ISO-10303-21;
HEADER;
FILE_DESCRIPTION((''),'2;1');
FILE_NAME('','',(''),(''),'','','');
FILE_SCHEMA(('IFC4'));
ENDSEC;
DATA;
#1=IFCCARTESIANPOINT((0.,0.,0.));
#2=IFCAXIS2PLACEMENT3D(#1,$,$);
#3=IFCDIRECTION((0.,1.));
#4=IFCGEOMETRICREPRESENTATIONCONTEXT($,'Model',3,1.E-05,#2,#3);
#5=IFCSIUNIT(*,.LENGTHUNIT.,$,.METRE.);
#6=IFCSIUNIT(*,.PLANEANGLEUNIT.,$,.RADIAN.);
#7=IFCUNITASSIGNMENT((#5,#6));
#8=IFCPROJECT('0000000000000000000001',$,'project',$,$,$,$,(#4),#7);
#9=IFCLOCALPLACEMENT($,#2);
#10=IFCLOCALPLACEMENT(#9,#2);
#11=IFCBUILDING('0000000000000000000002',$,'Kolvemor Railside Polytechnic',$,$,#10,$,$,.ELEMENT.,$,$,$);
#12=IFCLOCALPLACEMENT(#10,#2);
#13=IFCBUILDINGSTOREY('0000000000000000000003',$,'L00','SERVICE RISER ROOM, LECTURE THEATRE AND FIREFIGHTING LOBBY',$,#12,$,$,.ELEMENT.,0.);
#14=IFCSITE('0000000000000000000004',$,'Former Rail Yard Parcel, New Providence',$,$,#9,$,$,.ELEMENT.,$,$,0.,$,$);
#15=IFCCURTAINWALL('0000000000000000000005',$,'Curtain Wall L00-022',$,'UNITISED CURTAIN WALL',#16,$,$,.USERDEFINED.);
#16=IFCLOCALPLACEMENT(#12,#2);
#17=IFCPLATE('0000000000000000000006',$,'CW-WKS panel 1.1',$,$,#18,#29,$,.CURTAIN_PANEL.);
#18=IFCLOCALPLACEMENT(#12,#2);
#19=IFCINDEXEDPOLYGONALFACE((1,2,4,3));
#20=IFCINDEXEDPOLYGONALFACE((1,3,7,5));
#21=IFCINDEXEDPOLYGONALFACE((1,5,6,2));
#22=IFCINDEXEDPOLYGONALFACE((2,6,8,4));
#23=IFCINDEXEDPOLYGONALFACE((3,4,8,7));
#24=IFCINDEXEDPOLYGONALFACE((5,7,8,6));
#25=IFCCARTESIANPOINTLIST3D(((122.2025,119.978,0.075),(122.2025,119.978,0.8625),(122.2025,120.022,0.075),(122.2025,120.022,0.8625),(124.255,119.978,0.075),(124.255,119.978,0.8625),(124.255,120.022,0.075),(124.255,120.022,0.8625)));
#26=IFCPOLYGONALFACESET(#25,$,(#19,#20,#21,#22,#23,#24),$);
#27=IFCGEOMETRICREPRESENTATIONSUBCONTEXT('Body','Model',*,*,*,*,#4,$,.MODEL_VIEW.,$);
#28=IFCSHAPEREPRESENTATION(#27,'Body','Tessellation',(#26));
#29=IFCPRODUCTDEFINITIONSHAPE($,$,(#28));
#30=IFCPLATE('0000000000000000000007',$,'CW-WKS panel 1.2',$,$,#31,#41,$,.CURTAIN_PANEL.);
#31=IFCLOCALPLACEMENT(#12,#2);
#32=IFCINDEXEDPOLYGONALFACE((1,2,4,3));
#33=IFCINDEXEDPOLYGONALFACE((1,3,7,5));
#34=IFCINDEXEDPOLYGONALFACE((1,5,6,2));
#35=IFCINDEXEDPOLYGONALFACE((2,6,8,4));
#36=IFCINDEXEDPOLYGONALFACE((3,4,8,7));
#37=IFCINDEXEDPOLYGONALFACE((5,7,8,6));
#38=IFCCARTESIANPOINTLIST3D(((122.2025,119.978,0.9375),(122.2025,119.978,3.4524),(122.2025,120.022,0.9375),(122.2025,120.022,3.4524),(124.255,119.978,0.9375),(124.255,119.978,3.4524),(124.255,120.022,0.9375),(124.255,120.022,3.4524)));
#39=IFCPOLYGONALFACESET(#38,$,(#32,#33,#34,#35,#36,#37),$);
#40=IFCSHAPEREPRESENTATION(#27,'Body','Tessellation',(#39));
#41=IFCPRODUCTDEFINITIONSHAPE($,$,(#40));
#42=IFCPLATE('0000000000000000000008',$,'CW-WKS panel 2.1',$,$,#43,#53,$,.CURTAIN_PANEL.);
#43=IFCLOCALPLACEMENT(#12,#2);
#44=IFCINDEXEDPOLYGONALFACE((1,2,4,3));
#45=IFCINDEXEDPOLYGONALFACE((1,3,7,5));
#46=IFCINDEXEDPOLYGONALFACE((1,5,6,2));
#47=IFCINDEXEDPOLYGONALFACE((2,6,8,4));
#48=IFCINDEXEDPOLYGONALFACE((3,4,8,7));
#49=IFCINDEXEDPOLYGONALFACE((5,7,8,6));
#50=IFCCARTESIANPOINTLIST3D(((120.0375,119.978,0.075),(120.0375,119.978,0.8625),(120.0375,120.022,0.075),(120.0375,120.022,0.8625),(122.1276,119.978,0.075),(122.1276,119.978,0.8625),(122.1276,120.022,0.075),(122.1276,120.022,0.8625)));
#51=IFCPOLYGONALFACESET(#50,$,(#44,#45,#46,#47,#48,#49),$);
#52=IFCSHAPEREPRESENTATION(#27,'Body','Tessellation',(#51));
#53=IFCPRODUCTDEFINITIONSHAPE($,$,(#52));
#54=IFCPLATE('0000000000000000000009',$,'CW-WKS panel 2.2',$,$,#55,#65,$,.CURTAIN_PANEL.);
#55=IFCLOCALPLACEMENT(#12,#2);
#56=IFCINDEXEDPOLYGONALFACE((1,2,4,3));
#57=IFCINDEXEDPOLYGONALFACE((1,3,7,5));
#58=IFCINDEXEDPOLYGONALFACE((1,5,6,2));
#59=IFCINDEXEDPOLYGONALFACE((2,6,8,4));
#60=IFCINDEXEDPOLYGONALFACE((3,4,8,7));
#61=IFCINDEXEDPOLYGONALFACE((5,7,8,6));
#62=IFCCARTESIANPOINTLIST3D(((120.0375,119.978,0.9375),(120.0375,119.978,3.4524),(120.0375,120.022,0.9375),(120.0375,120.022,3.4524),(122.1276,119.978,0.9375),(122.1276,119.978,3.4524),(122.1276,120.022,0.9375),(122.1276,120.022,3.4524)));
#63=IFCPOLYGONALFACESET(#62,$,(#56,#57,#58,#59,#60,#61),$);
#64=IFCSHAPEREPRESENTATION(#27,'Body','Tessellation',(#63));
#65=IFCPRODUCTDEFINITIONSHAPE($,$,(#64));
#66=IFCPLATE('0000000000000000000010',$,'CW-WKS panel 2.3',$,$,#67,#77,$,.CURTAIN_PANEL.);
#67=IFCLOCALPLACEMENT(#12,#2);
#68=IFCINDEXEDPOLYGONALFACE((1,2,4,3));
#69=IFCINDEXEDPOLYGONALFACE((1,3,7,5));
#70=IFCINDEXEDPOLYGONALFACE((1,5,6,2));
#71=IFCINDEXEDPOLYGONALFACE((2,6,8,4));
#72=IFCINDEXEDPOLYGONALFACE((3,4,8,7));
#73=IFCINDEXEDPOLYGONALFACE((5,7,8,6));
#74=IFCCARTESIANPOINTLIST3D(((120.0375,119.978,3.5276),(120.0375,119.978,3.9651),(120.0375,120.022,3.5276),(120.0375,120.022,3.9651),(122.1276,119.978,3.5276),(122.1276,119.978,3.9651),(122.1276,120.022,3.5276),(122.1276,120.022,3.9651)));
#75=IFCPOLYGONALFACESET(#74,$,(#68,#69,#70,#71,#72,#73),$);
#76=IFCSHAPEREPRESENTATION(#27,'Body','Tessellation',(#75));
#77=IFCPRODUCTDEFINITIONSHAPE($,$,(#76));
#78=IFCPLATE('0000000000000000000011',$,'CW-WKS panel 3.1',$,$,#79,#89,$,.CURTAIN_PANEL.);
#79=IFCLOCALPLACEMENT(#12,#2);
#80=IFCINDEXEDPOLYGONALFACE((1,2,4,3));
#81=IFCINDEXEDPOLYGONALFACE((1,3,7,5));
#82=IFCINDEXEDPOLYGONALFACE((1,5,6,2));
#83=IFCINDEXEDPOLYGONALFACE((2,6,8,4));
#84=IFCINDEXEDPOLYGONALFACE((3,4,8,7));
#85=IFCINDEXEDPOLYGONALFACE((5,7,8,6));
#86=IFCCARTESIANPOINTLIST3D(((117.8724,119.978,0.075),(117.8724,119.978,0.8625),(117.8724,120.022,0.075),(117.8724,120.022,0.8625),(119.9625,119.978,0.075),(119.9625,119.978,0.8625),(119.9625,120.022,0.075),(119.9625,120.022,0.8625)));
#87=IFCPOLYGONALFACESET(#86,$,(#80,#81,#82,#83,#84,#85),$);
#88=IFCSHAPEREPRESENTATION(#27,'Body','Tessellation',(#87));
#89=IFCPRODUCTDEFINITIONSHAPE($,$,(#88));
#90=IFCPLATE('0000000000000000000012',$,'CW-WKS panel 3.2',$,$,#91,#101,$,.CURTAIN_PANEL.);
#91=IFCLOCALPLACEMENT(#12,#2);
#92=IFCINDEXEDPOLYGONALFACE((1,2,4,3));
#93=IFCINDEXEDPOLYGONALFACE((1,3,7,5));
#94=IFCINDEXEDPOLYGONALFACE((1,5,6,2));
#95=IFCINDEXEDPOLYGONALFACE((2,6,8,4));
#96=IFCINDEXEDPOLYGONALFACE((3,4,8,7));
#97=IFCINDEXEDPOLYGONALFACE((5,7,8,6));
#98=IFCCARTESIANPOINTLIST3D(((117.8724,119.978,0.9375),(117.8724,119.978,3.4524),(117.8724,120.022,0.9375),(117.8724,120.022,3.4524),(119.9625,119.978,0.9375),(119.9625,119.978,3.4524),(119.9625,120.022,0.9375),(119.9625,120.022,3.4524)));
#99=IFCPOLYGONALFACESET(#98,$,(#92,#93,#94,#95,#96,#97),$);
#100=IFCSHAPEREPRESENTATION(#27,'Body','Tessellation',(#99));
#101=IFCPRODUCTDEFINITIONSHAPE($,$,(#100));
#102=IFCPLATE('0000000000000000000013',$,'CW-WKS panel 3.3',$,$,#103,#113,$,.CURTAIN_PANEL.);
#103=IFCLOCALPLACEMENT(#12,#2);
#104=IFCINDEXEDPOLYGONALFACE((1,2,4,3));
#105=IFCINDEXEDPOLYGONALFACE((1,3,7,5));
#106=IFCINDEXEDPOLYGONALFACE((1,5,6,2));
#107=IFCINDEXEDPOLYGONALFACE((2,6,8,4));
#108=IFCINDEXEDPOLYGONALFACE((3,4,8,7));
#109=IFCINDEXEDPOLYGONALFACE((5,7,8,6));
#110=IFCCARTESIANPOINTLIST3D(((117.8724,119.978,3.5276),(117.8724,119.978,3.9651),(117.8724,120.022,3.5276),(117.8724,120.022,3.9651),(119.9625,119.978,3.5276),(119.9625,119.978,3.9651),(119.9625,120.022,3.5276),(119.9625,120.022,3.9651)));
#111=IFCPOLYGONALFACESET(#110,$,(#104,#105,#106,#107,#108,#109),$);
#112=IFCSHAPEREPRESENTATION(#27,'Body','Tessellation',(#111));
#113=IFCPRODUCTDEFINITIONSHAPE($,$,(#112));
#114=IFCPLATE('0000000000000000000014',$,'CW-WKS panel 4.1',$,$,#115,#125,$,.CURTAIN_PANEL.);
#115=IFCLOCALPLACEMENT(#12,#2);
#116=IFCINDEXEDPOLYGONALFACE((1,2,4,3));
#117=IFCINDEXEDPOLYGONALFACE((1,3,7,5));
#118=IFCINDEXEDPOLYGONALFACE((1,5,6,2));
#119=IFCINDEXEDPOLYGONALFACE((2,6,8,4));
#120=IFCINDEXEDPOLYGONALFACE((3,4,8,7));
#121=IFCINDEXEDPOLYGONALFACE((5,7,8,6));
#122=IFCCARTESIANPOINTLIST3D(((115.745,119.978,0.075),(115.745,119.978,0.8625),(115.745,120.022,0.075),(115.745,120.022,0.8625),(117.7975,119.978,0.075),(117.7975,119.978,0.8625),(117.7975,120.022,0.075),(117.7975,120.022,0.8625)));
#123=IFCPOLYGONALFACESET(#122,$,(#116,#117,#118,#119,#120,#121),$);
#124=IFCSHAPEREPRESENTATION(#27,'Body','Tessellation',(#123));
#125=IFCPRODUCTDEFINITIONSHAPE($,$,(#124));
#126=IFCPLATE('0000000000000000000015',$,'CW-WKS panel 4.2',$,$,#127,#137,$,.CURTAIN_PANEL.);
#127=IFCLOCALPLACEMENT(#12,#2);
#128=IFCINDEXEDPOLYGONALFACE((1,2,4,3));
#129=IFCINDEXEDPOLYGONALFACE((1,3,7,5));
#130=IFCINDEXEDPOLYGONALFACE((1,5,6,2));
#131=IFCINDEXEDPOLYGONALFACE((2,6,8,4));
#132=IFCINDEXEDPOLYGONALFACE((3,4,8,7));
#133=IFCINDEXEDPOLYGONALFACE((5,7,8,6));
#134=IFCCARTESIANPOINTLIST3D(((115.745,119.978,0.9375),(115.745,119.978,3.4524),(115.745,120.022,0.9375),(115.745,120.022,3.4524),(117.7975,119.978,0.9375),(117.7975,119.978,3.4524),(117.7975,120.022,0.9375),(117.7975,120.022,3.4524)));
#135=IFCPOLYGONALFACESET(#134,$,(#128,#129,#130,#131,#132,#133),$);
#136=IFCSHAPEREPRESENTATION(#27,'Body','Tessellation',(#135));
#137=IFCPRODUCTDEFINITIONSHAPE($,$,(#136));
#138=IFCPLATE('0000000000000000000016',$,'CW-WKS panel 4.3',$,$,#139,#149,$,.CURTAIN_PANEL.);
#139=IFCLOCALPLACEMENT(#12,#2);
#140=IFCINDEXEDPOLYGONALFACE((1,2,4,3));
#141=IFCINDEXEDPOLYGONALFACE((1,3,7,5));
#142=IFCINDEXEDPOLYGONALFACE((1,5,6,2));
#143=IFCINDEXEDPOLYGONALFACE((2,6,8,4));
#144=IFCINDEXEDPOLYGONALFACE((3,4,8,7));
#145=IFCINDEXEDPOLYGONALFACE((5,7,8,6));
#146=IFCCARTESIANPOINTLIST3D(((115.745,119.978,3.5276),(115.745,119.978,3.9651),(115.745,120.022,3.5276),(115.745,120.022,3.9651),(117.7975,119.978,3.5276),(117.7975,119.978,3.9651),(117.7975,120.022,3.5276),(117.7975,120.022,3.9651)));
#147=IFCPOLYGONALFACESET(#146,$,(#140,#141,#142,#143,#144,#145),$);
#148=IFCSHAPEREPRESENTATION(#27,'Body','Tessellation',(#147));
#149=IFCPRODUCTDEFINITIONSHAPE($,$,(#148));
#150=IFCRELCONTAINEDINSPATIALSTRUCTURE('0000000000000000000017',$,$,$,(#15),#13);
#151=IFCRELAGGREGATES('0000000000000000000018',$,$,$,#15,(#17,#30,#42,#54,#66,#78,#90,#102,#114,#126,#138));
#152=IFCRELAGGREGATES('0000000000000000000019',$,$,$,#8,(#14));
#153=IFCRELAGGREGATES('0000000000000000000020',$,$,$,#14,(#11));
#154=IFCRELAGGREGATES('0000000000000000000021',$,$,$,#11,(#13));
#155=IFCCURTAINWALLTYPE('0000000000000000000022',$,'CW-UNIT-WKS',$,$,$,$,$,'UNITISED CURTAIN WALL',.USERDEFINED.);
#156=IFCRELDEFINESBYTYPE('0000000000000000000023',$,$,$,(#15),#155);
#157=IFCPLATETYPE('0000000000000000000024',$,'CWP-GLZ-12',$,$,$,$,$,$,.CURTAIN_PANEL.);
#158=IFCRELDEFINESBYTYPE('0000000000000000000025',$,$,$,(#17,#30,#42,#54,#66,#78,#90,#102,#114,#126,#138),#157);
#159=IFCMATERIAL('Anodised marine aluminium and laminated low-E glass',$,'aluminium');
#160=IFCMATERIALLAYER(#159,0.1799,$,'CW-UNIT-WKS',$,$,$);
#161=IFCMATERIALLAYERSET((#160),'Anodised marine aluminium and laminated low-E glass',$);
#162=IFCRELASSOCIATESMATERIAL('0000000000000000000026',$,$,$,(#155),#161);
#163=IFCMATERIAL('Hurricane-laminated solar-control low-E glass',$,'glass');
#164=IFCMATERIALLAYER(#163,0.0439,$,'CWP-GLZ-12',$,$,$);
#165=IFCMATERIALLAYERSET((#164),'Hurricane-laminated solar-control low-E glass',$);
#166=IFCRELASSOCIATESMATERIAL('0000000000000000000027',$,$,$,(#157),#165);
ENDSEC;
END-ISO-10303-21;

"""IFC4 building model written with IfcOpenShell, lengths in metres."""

from ifc_helpers import new_model, si_unit, direction, frame, origin, origin_2d, place, context, subcontext, project, spatial, rectangle, extrude, material, layer, layer_set, type_object, element, aggregate, save


model = new_model("IFC4")

# Units and contexts
model_context = context("Model", 3, precision=1e-05, world=origin(), true_north=direction((0.0, 1.0)))
body_context = subcontext(model_context, "Body", "Model", "MODEL_VIEW")
ifc_project = project(units=[si_unit("LENGTHUNIT", "METRE"), si_unit("PLANEANGLEUNIT", "RADIAN")], contexts=[model_context])

# Site, building, storey
site_placement = place(None, origin())
site = spatial("IfcSite", under=ifc_project, at=site_placement, Name="Former Rail Yard Parcel, New Providence", CompositionType="ELEMENT", RefElevation=0.0)
building_placement = place(site_placement, origin())
building = spatial("IfcBuilding", under=site, at=building_placement, Name="Kolvemor Railside Polytechnic", CompositionType="ELEMENT")
storey_placement = place(building_placement, origin())
storey = spatial("IfcBuildingStorey", under=building, at=storey_placement, Name="L00", Description="SERVICE RISER ROOM, LECTURE THEATRE AND FIREFIGHTING LOBBY", CompositionType="ELEMENT", Elevation=0.0)

# Shared definitions
ifc_material_1 = material(Name="Anodised marine aluminium and laminated low-E glass", Category="aluminium")
ifc_layer_1 = layer(ifc_material_1, 0.1799, Name="CW-UNIT-WKS")
ifc_layer_set_1 = layer_set([ifc_layer_1], Name="Anodised marine aluminium and laminated low-E glass")
curtain_wall_type = type_object("IfcCurtainWallType", Name="CW-UNIT-WKS", ElementType="UNITISED CURTAIN WALL", PredefinedType="USERDEFINED", material=ifc_layer_set_1)

# Curtain wall
curtain_wall_1_placement = place(storey_placement, origin())
curtain_wall_1 = element("IfcCurtainWall", 1, at=curtain_wall_1_placement, inside=storey, type_object=curtain_wall_type, Name="Curtain Wall L00-022", ObjectType="UNITISED CURTAIN WALL", PredefinedType="USERDEFINED")

# Plates
ifc_material_2 = material(Name="Hurricane-laminated solar-control low-E glass", Category="glass")
ifc_layer_2 = layer(ifc_material_2, 0.0439, Name="CWP-GLZ-12")
ifc_layer_set_2 = layer_set([ifc_layer_2], Name="Hurricane-laminated solar-control low-E glass")
plate_type = type_object("IfcPlateType", Name="CWP-GLZ-12", PredefinedType="CURTAIN_PANEL", material=ifc_layer_set_2)
plate_1_placement = place(storey_placement, frame((123.2288, 120.0, 0.075), z_axis=(0.0, 0.0, 1.0), x_axis=(-1.0, 0.0, 0.0)))
plate_1 = element("IfcPlate", 2, at=plate_1_placement, type_object=plate_type, Name="CW-WKS panel 1.1", PredefinedType="CURTAIN_PANEL", context=body_context, shape_type="SweptSolid", body=[
    extrude(rectangle(XDim=2.0525, YDim=0.0439, at=origin_2d()), origin(), (0.0, 0.0, 1.0), 0.7876),
])
plate_2_placement = place(storey_placement, frame((123.2288, 120.0, 0.9375), z_axis=(0.0, 0.0, 1.0), x_axis=(-1.0, 0.0, 0.0)))
plate_2 = element("IfcPlate", 3, at=plate_2_placement, type_object=plate_type, Name="CW-WKS panel 1.2", PredefinedType="CURTAIN_PANEL", context=body_context, shape_type="SweptSolid", body=[
    extrude(rectangle(XDim=2.0525, YDim=0.0439, at=origin_2d()), origin(), (0.0, 0.0, 1.0), 2.5149),
])
plate_3_placement = place(storey_placement, frame((121.0825, 120.0, 0.075), z_axis=(0.0, 0.0, 1.0), x_axis=(-1.0, 0.0, 0.0)))
plate_3 = element("IfcPlate", 4, at=plate_3_placement, type_object=plate_type, Name="CW-WKS panel 2.1", PredefinedType="CURTAIN_PANEL", context=body_context, shape_type="SweptSolid", body=[
    extrude(rectangle(XDim=2.0901, YDim=0.0439, at=origin_2d()), origin(), (0.0, 0.0, 1.0), 0.7876),
])
plate_4_placement = place(storey_placement, frame((121.0825, 120.0, 0.9375), z_axis=(0.0, 0.0, 1.0), x_axis=(-1.0, 0.0, 0.0)))
plate_4 = element("IfcPlate", 5, at=plate_4_placement, type_object=plate_type, Name="CW-WKS panel 2.2", PredefinedType="CURTAIN_PANEL", context=body_context, shape_type="SweptSolid", body=[
    extrude(rectangle(XDim=2.0901, YDim=0.0439, at=origin_2d()), origin(), (0.0, 0.0, 1.0), 2.5149),
])
plate_5_placement = place(storey_placement, frame((121.0825, 120.0, 3.5276), z_axis=(0.0, 0.0, 1.0), x_axis=(-1.0, 0.0, 0.0)))
plate_5 = element("IfcPlate", 6, at=plate_5_placement, type_object=plate_type, Name="CW-WKS panel 2.3", PredefinedType="CURTAIN_PANEL", context=body_context, shape_type="SweptSolid", body=[
    extrude(rectangle(XDim=2.0901, YDim=0.0439, at=origin_2d()), origin(), (0.0, 0.0, 1.0), 0.4375),
])
plate_6_placement = place(storey_placement, frame((118.9175, 120.0, 0.075), z_axis=(0.0, 0.0, 1.0), x_axis=(-1.0, 0.0, 0.0)))
plate_6 = element("IfcPlate", 7, at=plate_6_placement, type_object=plate_type, Name="CW-WKS panel 3.1", PredefinedType="CURTAIN_PANEL", context=body_context, shape_type="SweptSolid", body=[
    extrude(rectangle(XDim=2.0901, YDim=0.0439, at=origin_2d()), origin(), (0.0, 0.0, 1.0), 0.7876),
])
plate_7_placement = place(storey_placement, frame((118.9175, 120.0, 0.9375), z_axis=(0.0, 0.0, 1.0), x_axis=(-1.0, 0.0, 0.0)))
plate_7 = element("IfcPlate", 8, at=plate_7_placement, type_object=plate_type, Name="CW-WKS panel 3.2", PredefinedType="CURTAIN_PANEL", context=body_context, shape_type="SweptSolid", body=[
    extrude(rectangle(XDim=2.0901, YDim=0.0439, at=origin_2d()), origin(), (0.0, 0.0, 1.0), 2.5149),
])
plate_8_placement = place(storey_placement, frame((118.9175, 120.0, 3.5276), z_axis=(0.0, 0.0, 1.0), x_axis=(-1.0, 0.0, 0.0)))
plate_8 = element("IfcPlate", 9, at=plate_8_placement, type_object=plate_type, Name="CW-WKS panel 3.3", PredefinedType="CURTAIN_PANEL", context=body_context, shape_type="SweptSolid", body=[
    extrude(rectangle(XDim=2.0901, YDim=0.0439, at=origin_2d()), origin(), (0.0, 0.0, 1.0), 0.4375),
])
plate_9_placement = place(storey_placement, frame((116.7712, 120.0, 0.075), z_axis=(0.0, 0.0, 1.0), x_axis=(-1.0, 0.0, 0.0)))
plate_9 = element("IfcPlate", 10, at=plate_9_placement, type_object=plate_type, Name="CW-WKS panel 4.1", PredefinedType="CURTAIN_PANEL", context=body_context, shape_type="SweptSolid", body=[
    extrude(rectangle(XDim=2.0525, YDim=0.0439, at=origin_2d()), origin(), (0.0, 0.0, 1.0), 0.7876),
])
plate_10_placement = place(storey_placement, frame((116.7712, 120.0, 0.9375), z_axis=(0.0, 0.0, 1.0), x_axis=(-1.0, 0.0, 0.0)))
plate_10 = element("IfcPlate", 11, at=plate_10_placement, type_object=plate_type, Name="CW-WKS panel 4.2", PredefinedType="CURTAIN_PANEL", context=body_context, shape_type="SweptSolid", body=[
    extrude(rectangle(XDim=2.0525, YDim=0.0439, at=origin_2d()), origin(), (0.0, 0.0, 1.0), 2.5149),
])
plate_11_placement = place(storey_placement, frame((116.7712, 120.0, 3.5276), z_axis=(0.0, 0.0, 1.0), x_axis=(-1.0, 0.0, 0.0)))
plate_11 = element("IfcPlate", 12, at=plate_11_placement, type_object=plate_type, Name="CW-WKS panel 4.3", PredefinedType="CURTAIN_PANEL", context=body_context, shape_type="SweptSolid", body=[
    extrude(rectangle(XDim=2.0525, YDim=0.0439, at=origin_2d()), origin(), (0.0, 0.0, 1.0), 0.4375),
])
aggregate(curtain_wall_1, [plate_1, plate_2, plate_3, plate_4, plate_5, plate_6, plate_7, plate_8, plate_9, plate_10, plate_11])

save(model, "model.ifc")
